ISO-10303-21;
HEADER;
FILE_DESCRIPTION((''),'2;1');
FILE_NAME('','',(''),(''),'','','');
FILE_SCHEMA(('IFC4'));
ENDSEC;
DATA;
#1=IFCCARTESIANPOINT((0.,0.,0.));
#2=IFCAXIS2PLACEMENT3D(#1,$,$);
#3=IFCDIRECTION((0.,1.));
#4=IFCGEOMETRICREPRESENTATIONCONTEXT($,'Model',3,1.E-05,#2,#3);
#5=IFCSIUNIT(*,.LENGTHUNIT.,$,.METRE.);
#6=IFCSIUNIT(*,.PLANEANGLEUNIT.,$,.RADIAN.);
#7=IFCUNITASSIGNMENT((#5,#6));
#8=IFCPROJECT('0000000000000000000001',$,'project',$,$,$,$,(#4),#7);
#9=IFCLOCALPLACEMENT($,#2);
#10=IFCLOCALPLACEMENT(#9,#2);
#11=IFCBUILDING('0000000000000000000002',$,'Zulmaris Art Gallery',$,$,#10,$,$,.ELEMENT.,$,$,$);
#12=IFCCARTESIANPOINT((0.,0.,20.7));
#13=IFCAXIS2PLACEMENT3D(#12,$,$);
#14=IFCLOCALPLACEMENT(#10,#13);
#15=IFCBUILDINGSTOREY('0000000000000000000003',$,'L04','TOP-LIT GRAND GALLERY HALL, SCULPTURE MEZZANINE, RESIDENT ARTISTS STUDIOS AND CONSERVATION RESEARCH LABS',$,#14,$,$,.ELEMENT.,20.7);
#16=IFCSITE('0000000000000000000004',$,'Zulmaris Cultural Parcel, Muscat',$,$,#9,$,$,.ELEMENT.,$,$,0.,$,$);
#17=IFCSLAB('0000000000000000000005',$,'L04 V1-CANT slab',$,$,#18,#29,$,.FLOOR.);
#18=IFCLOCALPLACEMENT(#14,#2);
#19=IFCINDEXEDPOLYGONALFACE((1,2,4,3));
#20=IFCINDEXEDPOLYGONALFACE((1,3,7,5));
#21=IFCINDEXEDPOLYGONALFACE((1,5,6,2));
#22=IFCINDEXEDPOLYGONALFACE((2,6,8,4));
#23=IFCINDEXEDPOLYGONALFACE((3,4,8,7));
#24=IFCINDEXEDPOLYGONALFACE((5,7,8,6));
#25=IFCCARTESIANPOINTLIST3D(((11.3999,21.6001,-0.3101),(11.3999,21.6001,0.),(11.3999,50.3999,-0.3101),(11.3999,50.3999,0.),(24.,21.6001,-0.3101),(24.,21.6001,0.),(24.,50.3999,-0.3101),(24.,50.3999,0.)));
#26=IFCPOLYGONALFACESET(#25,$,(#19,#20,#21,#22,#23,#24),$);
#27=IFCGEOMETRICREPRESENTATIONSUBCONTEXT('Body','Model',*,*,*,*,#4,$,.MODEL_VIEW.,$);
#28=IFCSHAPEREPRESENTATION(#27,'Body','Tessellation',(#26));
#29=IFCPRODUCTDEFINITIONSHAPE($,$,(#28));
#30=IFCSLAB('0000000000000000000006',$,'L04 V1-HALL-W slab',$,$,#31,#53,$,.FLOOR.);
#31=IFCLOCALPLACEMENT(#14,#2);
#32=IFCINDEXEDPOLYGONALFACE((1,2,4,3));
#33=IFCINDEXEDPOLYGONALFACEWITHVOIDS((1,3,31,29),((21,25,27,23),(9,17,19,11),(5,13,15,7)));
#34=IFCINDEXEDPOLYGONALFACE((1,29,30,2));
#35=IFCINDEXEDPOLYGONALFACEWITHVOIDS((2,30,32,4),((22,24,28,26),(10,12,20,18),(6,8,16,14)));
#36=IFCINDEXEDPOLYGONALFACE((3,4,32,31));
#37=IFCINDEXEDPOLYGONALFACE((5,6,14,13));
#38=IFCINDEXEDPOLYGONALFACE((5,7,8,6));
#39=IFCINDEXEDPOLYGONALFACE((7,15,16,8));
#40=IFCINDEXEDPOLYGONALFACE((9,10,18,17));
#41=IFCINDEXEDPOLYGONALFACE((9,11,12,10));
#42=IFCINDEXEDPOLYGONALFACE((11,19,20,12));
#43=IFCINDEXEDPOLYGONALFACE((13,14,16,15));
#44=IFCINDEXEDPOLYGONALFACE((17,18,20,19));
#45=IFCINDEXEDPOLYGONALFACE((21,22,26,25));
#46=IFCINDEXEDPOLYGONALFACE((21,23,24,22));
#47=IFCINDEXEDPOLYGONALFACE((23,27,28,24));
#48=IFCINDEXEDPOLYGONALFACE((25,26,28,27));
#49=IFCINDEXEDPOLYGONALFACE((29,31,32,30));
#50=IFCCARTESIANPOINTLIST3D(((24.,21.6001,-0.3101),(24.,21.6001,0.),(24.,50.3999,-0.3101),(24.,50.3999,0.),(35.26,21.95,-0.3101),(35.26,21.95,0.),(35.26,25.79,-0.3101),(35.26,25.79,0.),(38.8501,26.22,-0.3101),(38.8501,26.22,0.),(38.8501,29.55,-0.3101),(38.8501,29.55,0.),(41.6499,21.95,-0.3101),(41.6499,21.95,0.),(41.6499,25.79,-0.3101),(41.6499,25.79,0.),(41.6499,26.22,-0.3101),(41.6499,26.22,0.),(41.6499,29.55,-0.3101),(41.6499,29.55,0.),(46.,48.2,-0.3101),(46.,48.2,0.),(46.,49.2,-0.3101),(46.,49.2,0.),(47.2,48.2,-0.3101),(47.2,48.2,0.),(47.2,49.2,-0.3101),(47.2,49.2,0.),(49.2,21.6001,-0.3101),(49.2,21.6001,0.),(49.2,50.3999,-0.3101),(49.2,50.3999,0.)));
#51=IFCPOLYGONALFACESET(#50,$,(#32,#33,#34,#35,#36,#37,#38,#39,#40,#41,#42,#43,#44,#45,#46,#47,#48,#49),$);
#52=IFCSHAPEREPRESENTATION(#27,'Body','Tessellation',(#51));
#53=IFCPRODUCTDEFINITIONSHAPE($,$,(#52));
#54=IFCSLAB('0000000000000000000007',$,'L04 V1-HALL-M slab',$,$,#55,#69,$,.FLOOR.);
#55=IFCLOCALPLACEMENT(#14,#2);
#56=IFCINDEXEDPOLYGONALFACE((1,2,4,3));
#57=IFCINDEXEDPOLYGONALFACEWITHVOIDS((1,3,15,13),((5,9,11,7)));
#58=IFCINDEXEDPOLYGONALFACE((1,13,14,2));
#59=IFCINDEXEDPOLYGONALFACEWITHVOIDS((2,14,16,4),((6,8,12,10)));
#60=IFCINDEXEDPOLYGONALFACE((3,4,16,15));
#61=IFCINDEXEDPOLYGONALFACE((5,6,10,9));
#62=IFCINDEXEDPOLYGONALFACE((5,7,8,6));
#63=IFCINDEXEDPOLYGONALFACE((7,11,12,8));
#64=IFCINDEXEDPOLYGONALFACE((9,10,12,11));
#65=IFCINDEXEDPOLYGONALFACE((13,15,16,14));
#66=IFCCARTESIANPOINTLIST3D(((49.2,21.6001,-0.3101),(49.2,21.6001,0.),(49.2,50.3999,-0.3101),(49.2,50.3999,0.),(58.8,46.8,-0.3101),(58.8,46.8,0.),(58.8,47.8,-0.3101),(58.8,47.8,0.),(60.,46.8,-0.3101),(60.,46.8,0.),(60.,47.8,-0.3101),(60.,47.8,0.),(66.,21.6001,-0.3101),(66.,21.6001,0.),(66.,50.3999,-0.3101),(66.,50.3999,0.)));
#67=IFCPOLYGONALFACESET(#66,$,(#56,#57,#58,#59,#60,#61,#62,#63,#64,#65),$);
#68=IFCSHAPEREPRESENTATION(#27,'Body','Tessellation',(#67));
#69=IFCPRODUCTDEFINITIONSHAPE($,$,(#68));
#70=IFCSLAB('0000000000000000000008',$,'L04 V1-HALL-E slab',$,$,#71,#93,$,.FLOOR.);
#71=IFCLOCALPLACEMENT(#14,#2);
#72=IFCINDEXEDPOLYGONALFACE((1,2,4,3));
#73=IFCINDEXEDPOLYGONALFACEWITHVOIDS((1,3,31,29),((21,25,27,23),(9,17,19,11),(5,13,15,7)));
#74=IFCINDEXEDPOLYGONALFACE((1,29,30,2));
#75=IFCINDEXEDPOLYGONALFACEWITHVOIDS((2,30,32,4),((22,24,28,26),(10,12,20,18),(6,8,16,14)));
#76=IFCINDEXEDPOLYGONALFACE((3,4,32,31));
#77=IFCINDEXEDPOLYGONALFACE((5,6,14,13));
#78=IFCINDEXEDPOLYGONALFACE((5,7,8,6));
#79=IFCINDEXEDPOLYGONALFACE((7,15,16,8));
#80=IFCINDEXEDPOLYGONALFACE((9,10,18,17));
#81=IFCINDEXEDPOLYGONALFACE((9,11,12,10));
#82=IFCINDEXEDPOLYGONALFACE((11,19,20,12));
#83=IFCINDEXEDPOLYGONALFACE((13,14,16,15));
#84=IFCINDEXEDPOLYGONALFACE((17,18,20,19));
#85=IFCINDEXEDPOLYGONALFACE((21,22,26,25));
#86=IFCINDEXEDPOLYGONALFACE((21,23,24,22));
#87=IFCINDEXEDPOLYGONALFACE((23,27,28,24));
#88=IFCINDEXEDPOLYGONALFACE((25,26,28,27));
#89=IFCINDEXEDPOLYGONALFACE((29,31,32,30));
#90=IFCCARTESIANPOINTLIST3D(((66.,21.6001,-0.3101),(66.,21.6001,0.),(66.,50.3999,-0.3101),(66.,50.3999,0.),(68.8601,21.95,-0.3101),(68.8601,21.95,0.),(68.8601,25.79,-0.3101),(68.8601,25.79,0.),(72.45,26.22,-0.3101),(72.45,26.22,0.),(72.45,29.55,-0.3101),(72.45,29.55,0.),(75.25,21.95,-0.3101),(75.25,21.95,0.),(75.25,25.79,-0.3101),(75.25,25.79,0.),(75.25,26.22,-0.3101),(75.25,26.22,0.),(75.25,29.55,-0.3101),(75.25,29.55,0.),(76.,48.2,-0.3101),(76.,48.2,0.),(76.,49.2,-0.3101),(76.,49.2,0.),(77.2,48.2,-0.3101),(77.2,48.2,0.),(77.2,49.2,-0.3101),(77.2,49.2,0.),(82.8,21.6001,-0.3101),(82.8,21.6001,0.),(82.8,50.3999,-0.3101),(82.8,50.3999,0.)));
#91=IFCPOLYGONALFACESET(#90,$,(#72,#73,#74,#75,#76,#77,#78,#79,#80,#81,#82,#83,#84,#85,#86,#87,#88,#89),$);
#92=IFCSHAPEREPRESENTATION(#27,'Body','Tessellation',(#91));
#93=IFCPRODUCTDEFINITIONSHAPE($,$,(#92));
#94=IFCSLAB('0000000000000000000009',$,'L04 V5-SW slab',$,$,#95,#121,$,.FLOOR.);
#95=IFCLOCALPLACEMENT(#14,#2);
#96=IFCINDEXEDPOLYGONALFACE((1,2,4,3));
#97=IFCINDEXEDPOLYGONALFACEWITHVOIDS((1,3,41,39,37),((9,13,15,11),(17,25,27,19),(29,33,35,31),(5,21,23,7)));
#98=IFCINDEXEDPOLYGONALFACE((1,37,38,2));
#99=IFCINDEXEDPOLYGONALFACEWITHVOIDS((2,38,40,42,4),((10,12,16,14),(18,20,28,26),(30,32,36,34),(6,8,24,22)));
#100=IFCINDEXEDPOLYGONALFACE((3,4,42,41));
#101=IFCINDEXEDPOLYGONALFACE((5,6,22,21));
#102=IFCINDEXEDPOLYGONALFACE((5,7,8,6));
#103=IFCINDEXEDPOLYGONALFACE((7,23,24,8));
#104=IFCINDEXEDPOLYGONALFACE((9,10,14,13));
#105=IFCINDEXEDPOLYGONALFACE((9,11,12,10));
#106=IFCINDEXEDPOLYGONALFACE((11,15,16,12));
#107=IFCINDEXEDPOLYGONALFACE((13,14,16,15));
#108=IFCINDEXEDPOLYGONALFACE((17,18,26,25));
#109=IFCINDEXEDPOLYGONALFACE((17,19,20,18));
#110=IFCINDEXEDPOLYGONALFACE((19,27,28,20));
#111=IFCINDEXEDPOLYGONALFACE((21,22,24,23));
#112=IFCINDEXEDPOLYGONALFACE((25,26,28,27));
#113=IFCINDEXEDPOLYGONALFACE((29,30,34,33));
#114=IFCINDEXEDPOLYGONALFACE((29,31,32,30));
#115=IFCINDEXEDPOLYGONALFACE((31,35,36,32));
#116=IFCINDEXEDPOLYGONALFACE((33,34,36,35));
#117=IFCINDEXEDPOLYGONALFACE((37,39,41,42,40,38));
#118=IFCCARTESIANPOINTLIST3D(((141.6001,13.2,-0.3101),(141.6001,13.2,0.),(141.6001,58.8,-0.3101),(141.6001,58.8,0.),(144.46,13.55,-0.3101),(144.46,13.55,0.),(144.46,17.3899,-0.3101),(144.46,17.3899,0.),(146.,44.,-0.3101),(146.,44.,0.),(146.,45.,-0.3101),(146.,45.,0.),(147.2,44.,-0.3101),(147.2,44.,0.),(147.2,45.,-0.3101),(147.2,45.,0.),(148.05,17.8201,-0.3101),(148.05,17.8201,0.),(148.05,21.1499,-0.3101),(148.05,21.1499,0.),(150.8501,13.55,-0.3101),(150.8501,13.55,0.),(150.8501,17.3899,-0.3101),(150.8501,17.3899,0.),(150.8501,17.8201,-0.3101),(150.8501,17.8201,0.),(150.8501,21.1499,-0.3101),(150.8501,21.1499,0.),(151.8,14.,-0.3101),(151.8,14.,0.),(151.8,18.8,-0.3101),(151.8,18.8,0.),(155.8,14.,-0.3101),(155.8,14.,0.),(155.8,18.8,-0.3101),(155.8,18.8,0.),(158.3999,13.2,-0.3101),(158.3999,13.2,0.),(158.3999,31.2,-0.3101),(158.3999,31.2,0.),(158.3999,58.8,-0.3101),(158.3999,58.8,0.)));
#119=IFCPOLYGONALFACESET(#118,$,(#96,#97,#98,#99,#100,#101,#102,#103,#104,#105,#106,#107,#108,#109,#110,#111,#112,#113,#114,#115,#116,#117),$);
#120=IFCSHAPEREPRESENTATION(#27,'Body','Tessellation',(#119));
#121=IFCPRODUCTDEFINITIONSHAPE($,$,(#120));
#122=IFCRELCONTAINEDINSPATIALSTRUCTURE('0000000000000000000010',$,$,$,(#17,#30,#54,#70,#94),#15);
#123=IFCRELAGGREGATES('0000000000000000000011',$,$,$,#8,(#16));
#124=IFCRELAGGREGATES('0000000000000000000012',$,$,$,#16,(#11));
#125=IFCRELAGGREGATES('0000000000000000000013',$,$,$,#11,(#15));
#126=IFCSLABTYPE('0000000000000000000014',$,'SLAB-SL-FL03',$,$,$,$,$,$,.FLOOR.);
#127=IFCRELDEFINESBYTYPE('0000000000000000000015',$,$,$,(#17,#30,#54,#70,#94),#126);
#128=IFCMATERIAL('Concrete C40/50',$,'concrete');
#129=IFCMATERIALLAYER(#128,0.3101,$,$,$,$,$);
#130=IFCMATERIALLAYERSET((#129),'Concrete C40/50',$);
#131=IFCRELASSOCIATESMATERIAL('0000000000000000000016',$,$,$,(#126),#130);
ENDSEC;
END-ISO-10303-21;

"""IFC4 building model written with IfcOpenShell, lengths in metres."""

from ifc_helpers import new_model, si_unit, direction, frame, origin, place, context, subcontext, project, spatial, polyline, outline, extrude, material, layer, layer_set, type_object, element, save


model = new_model("IFC4")

# Units and contexts
model_context = context("Model", 3, precision=1e-05, world=origin(), true_north=direction((0.0, 1.0)))
body_context = subcontext(model_context, "Body", "Model", "MODEL_VIEW")
ifc_project = project(units=[si_unit("LENGTHUNIT", "METRE"), si_unit("PLANEANGLEUNIT", "RADIAN")], contexts=[model_context])

# Site, building, storey
site_placement = place(None, origin())
site = spatial("IfcSite", under=ifc_project, at=site_placement, Name="Zulmaris Cultural Parcel, Muscat", CompositionType="ELEMENT", RefElevation=0.0)
building_placement = place(site_placement, origin())
building = spatial("IfcBuilding", under=site, at=building_placement, Name="Zulmaris Art Gallery", CompositionType="ELEMENT")
storey_placement = place(building_placement, frame((0.0, 0.0, 20.7)))
storey = spatial("IfcBuildingStorey", under=building, at=storey_placement, Name="L04", Description="TOP-LIT GRAND GALLERY HALL, SCULPTURE MEZZANINE, RESIDENT ARTISTS STUDIOS AND CONSERVATION RESEARCH LABS", CompositionType="ELEMENT", Elevation=20.7)

# Slabs
ifc_material = material(Name="Concrete C40/50", Category="concrete")
ifc_layer = layer(ifc_material, 0.3101)
ifc_layer_set = layer_set([ifc_layer], Name="Concrete C40/50")
slab_type = type_object("IfcSlabType", Name="SLAB-SL-FL03", PredefinedType="FLOOR", material=ifc_layer_set)
slab_1_placement = place(storey_placement, frame((0.0, 0.0, -0.3101)))
element("IfcSlab", 1, at=slab_1_placement, inside=storey, type_object=slab_type, Name="L04 V1-CANT slab", PredefinedType="FLOOR", context=body_context, shape_type="SweptSolid", body=[
    extrude(outline(polyline([(11.3999, 21.6001), (11.3999, 50.3999), (24.0, 50.3999), (24.0, 21.6001), (11.3999, 21.6001)])), origin(), (0.0, 0.0, 1.0), 0.3101),
])
slab_2_placement = place(storey_placement, frame((0.0, 0.0, -0.3101)))
element("IfcSlab", 2, at=slab_2_placement, inside=storey, type_object=slab_type, Name="L04 V1-HALL-W slab", PredefinedType="FLOOR", context=body_context, shape_type="SweptSolid", body=[
    extrude(outline(polyline([(24.0, 21.6001), (24.0, 50.3999), (49.2, 50.3999), (49.2, 21.6001), (24.0, 21.6001)]), holes=[polyline([(35.26, 21.95), (41.6499, 21.95), (41.6499, 25.79), (35.26, 25.79), (35.26, 21.95)]), polyline([(38.8501, 26.22), (41.6499, 26.22), (41.6499, 29.55), (38.8501, 29.55), (38.8501, 26.22)]), polyline([(46.0, 48.2), (47.2, 48.2), (47.2, 49.2), (46.0, 49.2), (46.0, 48.2)])]), origin(), (0.0, 0.0, 1.0), 0.3101),
])
slab_3_placement = place(storey_placement, frame((0.0, 0.0, -0.3101)))
element("IfcSlab", 3, at=slab_3_placement, inside=storey, type_object=slab_type, Name="L04 V1-HALL-M slab", PredefinedType="FLOOR", context=body_context, shape_type="SweptSolid", body=[
    extrude(outline(polyline([(49.2, 21.6001), (49.2, 50.3999), (66.0, 50.3999), (66.0, 21.6001), (49.2, 21.6001)]), holes=[polyline([(60.0, 46.8), (60.0, 47.8), (58.8, 47.8), (58.8, 46.8), (60.0, 46.8)])]), origin(), (0.0, 0.0, 1.0), 0.3101),
])
slab_4_placement = place(storey_placement, frame((0.0, 0.0, -0.3101)))
element("IfcSlab", 4, at=slab_4_placement, inside=storey, type_object=slab_type, Name="L04 V1-HALL-E slab", PredefinedType="FLOOR", context=body_context, shape_type="SweptSolid", body=[
    extrude(outline(polyline([(66.0, 21.6001), (66.0, 50.3999), (82.8, 50.3999), (82.8, 21.6001), (66.0, 21.6001)]), holes=[polyline([(68.8601, 25.79), (68.8601, 21.95), (75.25, 21.95), (75.25, 25.79), (68.8601, 25.79)]), polyline([(75.25, 26.22), (75.25, 29.55), (72.45, 29.55), (72.45, 26.22), (75.25, 26.22)]), polyline([(76.0, 48.2), (77.2, 48.2), (77.2, 49.2), (76.0, 49.2), (76.0, 48.2)])]), origin(), (0.0, 0.0, 1.0), 0.3101),
])
slab_5_placement = place(storey_placement, frame((0.0, 0.0, -0.3101)))
element("IfcSlab", 5, at=slab_5_placement, inside=storey, type_object=slab_type, Name="L04 V5-SW slab", PredefinedType="FLOOR", context=body_context, shape_type="SweptSolid", body=[
    extrude(outline(polyline([(158.3999, 58.8), (158.3999, 31.2), (158.3999, 13.2), (141.6001, 13.2), (141.6001, 58.8), (158.3999, 58.8)]), holes=[polyline([(144.46, 13.55), (150.8501, 13.55), (150.8501, 17.3899), (144.46, 17.3899), (144.46, 13.55)]), polyline([(148.05, 17.8201), (150.8501, 17.8201), (150.8501, 21.1499), (148.05, 21.1499), (148.05, 17.8201)]), polyline([(146.0, 44.0), (147.2, 44.0), (147.2, 45.0), (146.0, 45.0), (146.0, 44.0)]), polyline([(151.8, 14.0), (155.8, 14.0), (155.8, 18.8), (151.8, 18.8), (151.8, 14.0)])]), origin(), (0.0, 0.0, 1.0), 0.3101),
])

save(model, "model.ifc")
